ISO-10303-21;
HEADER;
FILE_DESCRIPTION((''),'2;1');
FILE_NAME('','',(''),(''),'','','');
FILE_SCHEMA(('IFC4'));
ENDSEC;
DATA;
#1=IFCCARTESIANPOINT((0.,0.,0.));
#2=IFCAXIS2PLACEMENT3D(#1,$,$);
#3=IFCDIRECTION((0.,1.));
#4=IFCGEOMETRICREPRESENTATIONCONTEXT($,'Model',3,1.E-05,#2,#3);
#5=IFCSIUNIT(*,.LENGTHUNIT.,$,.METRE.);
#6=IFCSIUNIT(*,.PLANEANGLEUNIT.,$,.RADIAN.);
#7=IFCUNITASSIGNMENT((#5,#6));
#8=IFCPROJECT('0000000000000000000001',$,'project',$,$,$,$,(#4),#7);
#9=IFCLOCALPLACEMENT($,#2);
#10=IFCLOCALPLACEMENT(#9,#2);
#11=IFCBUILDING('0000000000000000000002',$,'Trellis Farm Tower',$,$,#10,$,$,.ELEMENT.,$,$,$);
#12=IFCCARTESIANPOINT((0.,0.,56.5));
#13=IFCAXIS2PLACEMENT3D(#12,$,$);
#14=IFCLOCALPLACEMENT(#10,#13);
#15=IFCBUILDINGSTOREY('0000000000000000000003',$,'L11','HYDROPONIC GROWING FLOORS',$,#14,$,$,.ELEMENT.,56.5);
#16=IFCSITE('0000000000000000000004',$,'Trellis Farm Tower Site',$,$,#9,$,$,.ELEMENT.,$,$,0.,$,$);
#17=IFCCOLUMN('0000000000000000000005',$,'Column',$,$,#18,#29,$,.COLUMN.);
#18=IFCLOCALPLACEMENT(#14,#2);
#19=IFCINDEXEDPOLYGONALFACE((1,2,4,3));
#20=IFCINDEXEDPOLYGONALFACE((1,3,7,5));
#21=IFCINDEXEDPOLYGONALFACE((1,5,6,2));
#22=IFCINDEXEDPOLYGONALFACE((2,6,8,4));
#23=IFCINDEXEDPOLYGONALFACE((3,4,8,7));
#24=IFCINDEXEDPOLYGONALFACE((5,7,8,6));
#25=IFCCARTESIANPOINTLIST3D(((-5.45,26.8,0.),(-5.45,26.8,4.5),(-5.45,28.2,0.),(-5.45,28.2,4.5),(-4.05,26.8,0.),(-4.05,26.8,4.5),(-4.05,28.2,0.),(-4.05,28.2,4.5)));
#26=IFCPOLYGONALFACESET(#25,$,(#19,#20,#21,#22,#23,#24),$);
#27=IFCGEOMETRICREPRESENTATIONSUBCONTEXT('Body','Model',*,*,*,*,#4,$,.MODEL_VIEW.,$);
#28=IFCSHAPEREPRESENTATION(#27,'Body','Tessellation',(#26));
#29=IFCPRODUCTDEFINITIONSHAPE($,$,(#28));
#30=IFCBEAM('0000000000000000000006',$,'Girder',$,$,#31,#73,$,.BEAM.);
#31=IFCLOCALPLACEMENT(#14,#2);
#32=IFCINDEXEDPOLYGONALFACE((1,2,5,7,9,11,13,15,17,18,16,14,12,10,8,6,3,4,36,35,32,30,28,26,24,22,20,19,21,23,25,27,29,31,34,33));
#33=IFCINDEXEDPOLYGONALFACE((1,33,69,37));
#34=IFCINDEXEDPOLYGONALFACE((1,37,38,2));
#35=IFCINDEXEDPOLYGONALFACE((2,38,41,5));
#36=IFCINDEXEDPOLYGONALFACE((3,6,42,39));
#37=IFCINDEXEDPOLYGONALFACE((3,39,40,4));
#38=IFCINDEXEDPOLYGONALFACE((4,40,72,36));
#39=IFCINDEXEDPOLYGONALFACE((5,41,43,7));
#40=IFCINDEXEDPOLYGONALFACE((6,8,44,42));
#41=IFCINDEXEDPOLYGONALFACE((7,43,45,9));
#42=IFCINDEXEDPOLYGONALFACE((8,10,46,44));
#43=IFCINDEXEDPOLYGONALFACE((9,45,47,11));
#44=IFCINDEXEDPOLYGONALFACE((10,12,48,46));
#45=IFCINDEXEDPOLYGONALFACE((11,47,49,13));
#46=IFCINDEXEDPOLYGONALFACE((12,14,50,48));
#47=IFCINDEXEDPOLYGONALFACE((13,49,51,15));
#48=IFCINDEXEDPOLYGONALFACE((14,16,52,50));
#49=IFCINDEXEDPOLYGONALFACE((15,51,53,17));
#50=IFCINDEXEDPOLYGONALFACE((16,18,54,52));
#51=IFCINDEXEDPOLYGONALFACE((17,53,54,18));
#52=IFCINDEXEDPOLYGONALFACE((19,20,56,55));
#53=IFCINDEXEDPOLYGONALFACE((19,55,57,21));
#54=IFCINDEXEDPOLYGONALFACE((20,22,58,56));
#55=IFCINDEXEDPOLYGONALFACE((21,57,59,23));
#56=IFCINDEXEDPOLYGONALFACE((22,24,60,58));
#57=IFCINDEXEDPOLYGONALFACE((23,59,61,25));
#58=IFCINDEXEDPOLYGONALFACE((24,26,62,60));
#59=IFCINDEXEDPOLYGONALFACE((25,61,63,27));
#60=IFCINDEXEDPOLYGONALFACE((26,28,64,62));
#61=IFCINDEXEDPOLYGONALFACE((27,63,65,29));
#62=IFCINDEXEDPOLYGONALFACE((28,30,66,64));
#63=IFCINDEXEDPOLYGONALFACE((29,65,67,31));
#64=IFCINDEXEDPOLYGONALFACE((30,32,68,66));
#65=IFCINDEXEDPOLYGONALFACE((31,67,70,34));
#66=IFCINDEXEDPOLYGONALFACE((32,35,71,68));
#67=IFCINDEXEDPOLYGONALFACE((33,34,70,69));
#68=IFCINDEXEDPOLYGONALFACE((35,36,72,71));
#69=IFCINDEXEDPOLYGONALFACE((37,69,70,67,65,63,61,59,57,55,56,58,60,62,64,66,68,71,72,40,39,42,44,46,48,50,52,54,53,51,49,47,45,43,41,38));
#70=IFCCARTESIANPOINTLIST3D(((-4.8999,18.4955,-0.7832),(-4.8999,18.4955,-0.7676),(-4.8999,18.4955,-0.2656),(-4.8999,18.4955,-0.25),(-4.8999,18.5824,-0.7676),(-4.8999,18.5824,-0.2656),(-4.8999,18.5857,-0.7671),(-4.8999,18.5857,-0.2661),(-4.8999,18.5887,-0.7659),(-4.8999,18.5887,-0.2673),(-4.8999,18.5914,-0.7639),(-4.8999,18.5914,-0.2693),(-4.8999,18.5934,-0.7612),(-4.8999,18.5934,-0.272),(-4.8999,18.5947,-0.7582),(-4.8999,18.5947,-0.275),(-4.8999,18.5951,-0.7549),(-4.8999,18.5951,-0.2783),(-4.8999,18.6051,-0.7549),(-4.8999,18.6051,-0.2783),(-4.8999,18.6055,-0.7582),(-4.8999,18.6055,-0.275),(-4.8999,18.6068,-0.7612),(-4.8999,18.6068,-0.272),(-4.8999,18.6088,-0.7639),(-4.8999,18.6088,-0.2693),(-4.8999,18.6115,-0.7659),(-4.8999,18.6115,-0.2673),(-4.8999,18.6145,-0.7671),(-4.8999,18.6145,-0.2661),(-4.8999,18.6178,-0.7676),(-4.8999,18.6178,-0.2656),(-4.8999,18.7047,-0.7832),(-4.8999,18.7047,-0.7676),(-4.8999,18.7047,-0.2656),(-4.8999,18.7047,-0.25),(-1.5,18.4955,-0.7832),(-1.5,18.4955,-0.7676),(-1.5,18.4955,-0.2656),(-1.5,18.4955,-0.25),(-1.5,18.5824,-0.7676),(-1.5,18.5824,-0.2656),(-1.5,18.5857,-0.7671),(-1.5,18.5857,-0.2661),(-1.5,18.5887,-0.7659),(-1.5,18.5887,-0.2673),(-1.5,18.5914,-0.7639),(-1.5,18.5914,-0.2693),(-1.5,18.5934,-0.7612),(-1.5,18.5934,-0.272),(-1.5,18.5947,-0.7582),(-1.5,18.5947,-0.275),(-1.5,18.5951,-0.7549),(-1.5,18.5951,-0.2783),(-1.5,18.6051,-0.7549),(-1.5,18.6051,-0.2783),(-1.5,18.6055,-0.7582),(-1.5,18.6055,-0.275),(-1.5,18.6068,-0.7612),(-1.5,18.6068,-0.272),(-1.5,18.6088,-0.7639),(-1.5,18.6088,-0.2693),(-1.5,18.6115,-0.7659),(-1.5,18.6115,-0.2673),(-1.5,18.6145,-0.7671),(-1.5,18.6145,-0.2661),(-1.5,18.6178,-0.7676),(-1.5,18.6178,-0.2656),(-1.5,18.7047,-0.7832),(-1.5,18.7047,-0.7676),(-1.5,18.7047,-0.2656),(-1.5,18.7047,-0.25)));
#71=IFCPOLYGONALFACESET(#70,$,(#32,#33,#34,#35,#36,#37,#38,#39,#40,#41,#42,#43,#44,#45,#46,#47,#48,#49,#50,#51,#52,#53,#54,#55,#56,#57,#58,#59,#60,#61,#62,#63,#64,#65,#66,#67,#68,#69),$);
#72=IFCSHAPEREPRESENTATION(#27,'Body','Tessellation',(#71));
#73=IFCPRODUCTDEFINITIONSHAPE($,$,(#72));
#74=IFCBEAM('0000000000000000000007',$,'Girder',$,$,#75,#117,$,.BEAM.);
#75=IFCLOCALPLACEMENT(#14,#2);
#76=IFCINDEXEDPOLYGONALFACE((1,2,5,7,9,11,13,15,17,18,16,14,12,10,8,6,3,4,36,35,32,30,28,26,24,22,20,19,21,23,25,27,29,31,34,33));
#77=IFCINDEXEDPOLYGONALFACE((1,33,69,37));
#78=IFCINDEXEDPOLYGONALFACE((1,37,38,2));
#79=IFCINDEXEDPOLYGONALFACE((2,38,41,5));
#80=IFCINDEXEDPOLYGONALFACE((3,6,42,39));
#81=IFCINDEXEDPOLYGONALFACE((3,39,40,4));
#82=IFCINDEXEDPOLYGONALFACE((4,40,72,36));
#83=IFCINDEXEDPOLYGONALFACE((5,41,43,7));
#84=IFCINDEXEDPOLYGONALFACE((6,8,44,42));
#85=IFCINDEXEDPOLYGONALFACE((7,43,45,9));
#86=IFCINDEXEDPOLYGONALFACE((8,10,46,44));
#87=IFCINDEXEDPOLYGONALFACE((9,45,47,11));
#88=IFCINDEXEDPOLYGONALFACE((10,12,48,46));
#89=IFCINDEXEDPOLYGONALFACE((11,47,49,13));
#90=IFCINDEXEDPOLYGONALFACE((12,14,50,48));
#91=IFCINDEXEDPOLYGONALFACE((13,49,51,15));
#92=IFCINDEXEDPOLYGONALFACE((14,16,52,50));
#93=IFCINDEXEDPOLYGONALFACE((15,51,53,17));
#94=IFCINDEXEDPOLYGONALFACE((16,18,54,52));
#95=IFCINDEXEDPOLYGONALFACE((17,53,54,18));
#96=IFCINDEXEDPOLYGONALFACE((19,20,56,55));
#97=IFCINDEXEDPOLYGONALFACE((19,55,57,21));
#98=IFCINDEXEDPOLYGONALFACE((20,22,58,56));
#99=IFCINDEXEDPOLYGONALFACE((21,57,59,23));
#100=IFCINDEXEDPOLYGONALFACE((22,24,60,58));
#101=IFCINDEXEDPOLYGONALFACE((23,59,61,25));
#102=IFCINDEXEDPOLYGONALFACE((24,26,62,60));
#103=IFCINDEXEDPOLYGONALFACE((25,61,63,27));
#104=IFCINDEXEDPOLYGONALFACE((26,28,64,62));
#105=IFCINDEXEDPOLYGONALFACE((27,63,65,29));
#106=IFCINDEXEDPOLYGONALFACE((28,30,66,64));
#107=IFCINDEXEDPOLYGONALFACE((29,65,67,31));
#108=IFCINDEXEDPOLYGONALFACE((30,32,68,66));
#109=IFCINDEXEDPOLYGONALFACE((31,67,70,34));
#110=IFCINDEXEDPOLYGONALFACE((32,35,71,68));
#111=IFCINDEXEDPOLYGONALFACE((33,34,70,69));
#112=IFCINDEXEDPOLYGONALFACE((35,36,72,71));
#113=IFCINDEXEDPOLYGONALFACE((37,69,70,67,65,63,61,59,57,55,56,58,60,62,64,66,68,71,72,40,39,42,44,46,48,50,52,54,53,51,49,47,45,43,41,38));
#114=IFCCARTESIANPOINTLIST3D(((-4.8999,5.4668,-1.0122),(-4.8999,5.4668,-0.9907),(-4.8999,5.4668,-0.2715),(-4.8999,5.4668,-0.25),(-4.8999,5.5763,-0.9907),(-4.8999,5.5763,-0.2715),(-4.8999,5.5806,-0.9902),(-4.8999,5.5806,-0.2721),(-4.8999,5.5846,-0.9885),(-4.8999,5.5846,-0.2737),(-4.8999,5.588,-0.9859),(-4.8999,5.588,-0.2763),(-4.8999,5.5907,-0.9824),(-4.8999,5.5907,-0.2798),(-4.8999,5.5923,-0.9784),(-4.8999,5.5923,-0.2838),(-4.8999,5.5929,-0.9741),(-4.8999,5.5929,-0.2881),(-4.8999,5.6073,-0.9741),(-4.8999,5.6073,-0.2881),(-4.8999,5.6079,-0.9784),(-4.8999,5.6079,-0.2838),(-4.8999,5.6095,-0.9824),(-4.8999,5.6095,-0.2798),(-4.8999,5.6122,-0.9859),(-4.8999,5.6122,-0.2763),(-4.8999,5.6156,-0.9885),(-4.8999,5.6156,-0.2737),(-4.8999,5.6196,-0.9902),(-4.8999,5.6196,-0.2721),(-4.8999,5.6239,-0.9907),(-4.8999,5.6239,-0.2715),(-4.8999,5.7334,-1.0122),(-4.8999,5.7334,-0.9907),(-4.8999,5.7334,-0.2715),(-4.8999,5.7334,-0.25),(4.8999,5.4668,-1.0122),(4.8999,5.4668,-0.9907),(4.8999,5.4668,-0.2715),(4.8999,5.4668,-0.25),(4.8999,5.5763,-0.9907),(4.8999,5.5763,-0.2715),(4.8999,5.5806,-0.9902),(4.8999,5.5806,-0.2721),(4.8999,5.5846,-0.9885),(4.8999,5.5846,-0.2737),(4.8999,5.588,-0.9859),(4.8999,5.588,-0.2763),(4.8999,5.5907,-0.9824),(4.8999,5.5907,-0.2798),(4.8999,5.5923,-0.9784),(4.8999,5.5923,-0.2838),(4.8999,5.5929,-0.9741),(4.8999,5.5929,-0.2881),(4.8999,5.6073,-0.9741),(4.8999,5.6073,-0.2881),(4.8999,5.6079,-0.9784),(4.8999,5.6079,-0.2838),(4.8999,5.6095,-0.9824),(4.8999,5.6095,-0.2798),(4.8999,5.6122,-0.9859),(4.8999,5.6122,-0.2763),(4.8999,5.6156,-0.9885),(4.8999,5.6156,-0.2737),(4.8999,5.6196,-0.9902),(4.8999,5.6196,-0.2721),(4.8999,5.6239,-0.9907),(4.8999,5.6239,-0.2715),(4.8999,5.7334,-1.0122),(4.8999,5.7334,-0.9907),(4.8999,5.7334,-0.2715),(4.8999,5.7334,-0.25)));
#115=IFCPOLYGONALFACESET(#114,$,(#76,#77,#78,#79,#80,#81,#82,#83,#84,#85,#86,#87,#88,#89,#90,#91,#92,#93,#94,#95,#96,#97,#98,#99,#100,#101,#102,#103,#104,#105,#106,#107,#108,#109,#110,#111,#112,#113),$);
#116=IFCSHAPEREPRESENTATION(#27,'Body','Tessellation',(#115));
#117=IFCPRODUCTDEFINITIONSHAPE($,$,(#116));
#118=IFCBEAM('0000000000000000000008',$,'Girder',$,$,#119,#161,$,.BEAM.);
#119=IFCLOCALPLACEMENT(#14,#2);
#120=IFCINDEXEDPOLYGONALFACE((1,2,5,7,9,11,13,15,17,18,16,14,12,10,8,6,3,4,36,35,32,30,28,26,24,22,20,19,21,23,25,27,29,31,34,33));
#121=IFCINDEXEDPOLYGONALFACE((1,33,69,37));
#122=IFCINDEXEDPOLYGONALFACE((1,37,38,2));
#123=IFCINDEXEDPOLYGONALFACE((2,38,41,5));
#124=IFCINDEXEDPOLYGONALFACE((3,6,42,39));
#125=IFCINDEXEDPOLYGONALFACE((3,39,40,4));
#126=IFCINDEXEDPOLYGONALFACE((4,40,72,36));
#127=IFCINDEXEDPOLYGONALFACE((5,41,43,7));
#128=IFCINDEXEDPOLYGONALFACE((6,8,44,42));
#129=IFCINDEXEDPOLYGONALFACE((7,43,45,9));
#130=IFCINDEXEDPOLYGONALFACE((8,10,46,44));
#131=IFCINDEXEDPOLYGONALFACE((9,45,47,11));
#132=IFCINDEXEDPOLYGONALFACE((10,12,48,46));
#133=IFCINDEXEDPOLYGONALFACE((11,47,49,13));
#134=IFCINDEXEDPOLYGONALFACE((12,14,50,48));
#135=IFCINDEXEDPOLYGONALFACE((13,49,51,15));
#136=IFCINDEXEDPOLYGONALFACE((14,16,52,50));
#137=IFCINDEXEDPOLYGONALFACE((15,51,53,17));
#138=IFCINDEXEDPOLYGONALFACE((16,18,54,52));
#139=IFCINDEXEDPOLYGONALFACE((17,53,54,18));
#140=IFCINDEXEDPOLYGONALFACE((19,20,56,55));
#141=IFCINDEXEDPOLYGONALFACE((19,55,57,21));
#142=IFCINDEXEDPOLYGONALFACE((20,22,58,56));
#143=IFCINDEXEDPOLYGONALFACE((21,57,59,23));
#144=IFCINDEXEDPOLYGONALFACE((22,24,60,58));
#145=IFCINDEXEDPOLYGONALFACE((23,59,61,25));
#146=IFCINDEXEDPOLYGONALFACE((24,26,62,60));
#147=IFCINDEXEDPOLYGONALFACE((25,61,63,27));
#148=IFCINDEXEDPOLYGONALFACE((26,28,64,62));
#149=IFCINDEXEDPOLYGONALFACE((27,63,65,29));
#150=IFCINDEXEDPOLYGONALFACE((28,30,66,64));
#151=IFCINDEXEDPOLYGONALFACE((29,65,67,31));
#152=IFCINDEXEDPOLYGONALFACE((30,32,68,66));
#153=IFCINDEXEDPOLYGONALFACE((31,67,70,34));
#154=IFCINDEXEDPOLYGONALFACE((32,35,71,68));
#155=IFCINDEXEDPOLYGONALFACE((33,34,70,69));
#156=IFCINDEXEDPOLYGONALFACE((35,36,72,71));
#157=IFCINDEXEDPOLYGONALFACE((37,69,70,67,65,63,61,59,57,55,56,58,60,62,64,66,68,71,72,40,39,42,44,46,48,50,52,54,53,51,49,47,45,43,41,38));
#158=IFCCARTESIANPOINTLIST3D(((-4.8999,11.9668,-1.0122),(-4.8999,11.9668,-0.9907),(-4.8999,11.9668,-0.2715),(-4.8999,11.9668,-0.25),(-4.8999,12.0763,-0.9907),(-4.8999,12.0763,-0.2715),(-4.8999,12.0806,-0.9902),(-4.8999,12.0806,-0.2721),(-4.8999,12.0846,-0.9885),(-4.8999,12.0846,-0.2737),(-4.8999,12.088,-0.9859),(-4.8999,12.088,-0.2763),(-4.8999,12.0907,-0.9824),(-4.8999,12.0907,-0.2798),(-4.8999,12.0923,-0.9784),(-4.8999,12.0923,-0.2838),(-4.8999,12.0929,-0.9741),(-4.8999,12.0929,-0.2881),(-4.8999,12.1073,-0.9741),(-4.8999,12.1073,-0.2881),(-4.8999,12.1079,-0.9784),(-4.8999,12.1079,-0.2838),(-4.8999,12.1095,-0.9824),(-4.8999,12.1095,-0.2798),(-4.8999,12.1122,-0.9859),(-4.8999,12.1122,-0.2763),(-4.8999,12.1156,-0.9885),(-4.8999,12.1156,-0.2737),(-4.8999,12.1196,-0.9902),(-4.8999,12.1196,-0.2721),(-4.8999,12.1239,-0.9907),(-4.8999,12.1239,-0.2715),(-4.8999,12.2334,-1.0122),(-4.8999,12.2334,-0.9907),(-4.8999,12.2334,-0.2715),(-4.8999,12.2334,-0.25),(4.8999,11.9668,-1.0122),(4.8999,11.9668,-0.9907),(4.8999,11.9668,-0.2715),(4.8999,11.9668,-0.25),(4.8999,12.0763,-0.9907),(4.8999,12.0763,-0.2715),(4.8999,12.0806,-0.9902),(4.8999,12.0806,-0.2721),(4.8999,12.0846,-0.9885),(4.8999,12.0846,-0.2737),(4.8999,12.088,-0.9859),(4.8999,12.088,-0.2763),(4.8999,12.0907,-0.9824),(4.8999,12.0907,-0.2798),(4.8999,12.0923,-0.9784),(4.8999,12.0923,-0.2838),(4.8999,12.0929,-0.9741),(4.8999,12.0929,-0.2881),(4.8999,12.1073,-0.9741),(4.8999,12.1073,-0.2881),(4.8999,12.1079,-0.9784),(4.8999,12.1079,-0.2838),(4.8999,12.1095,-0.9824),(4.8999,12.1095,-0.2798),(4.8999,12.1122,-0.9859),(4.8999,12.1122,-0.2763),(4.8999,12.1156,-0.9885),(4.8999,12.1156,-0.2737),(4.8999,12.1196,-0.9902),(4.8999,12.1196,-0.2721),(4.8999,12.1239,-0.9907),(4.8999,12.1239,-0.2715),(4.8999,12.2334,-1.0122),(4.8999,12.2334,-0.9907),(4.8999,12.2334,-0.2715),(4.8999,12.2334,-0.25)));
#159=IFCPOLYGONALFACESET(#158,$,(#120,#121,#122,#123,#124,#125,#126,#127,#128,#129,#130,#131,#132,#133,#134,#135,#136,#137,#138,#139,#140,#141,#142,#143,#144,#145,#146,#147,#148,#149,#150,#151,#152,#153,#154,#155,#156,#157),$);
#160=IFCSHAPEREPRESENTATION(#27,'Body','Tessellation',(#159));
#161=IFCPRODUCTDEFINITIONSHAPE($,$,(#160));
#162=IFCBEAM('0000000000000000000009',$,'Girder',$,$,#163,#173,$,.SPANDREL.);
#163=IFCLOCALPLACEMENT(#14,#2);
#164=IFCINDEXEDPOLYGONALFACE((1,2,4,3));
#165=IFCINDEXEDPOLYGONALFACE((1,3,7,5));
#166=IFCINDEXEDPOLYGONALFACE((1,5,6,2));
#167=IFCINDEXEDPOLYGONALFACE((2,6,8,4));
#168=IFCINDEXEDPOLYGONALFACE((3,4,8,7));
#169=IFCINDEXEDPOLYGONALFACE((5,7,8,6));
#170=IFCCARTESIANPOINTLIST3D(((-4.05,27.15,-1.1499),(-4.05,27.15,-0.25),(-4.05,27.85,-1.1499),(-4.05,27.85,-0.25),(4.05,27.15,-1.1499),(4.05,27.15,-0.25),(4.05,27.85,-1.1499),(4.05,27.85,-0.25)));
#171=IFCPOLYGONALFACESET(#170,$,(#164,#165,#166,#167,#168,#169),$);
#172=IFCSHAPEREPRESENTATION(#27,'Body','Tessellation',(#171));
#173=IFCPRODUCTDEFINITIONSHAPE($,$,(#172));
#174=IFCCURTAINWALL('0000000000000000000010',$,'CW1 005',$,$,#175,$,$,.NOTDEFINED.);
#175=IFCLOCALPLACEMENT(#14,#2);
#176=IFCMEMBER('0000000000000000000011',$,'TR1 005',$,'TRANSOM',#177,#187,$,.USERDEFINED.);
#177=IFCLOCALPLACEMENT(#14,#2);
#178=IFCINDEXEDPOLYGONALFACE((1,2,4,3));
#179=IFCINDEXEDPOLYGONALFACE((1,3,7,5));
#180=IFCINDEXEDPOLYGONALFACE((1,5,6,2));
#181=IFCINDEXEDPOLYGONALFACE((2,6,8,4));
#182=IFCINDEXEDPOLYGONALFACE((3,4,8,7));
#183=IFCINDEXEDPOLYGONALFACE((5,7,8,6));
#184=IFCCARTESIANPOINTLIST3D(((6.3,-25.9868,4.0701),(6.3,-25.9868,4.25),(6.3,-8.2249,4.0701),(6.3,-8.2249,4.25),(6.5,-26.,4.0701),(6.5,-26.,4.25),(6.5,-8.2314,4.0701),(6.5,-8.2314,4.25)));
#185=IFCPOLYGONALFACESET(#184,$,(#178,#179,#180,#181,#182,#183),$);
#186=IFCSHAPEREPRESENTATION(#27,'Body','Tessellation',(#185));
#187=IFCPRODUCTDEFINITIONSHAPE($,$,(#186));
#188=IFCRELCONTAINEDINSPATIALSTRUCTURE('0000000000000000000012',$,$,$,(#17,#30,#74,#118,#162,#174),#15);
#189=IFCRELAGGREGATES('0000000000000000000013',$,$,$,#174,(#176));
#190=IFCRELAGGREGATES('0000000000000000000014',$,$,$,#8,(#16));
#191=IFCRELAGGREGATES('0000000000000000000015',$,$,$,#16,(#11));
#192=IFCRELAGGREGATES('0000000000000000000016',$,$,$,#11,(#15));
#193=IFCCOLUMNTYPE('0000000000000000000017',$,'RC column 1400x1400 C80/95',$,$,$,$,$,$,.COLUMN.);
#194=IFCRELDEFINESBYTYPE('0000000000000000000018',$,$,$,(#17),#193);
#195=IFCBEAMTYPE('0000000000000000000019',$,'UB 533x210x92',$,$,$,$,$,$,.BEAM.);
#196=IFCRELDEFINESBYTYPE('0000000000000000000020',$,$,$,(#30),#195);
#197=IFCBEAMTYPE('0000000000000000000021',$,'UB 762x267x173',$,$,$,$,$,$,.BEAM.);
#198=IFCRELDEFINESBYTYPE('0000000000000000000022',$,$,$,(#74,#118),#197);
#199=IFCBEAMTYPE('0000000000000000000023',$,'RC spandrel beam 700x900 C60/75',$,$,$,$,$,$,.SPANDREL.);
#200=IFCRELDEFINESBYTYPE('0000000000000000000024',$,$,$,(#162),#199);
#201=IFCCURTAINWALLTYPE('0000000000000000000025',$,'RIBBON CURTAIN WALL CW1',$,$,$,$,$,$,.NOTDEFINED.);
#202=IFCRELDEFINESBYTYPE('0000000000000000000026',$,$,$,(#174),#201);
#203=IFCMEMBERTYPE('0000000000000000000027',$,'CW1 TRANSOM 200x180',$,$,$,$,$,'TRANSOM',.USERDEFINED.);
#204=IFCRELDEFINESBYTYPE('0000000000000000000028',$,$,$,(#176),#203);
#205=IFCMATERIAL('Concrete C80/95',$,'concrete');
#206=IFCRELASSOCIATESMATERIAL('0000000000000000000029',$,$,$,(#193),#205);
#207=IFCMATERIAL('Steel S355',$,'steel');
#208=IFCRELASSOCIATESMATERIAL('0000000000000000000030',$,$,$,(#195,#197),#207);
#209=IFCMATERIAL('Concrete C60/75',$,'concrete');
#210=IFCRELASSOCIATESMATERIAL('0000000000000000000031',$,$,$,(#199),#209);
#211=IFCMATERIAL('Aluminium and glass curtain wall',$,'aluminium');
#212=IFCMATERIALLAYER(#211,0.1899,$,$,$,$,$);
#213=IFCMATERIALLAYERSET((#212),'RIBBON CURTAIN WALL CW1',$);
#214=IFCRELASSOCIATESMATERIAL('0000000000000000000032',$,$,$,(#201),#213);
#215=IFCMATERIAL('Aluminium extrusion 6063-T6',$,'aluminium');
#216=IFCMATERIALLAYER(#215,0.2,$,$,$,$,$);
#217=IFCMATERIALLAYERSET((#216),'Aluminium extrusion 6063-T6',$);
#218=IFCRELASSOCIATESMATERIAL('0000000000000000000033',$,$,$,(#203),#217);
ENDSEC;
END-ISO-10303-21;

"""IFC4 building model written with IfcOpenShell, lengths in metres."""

from ifc_helpers import new_model, si_unit, direction, frame, origin, origin_2d, place, context, subcontext, project, spatial, polyline, rectangle, i_section, outline, extrude, source, transform, mapped, material, layer, layer_set, material_profile, profile_set, type_object, element, aggregate, save


model = new_model("IFC4")

# Units and contexts
model_context = context("Model", 3, precision=1e-05, world=origin(), true_north=direction((0.0, 1.0)))
body_context = subcontext(model_context, "Body", "Model", "MODEL_VIEW")
ifc_project = project(units=[si_unit("LENGTHUNIT", "METRE"), si_unit("PLANEANGLEUNIT", "RADIAN")], contexts=[model_context])

# Site, building, storey
site_placement = place(None, origin())
site = spatial("IfcSite", under=ifc_project, at=site_placement, Name="Trellis Farm Tower Site", CompositionType="ELEMENT", RefElevation=0.0)
building_placement = place(site_placement, origin())
building = spatial("IfcBuilding", under=site, at=building_placement, Name="Trellis Farm Tower", CompositionType="ELEMENT")
storey_placement = place(building_placement, frame((0.0, 0.0, 56.5)))
storey = spatial("IfcBuildingStorey", under=building, at=storey_placement, Name="L11", Description="HYDROPONIC GROWING FLOORS", CompositionType="ELEMENT", Elevation=56.5)

# Column
ifc_material_1 = material(Name="Concrete C80/95", Category="concrete")
ifc_material_profile_1 = material_profile(ifc_material_1, rectangle(XDim=1.3999, YDim=1.3999, at=origin_2d()), Name="RC column 1400x1400 C80/95")
ifc_profile_set_1 = profile_set([ifc_material_profile_1], Name="Concrete C80/95")
column_type = type_object("IfcColumnType", Name="RC column 1400x1400 C80/95", PredefinedType="COLUMN", material=ifc_profile_set_1)
shared_shape_1 = source(origin(), body_context, "Body", "SweptSolid", [
    extrude(rectangle(XDim=1.3999, YDim=1.3999, at=origin_2d()), origin(), (0.0, 0.0, 1.0), 4.5),
])
column_placement = place(storey_placement, frame((-4.75, 27.5, 0.0), z_axis=(0.0, 0.0, 1.0), x_axis=(1.0, 0.0, 0.0)))
element("IfcColumn", 1, at=column_placement, inside=storey, type_object=column_type, Name="Column", PredefinedType="COLUMN", context=body_context, shape_type="MappedRepresentation", body=[
    mapped(shared_shape_1, transform((0.0, 0.0, 0.0))),
])

# Beams
ifc_material_2 = material(Name="Steel S355", Category="steel")
ifc_material_profile_2 = material_profile(ifc_material_2, i_section(OverallWidth=0.2092, OverallDepth=0.5332, WebThickness=0.01, FlangeThickness=0.0156, FilletRadius=0.0127, at=origin_2d()), Name="UB 533x210x92")
ifc_profile_set_2 = profile_set([ifc_material_profile_2], Name="Steel S355")
beam_type_1 = type_object("IfcBeamType", Name="UB 533x210x92", PredefinedType="BEAM", material=ifc_profile_set_2)
shared_shape_2 = source(origin(), body_context, "Body", "SweptSolid", [
    extrude(i_section(OverallWidth=0.2092, OverallDepth=0.5332, WebThickness=0.01, FlangeThickness=0.0156, FilletRadius=0.0127, at=origin_2d()), origin(), (0.0, 0.0, 1.0), 3.3999),
])
beam_1_placement = place(storey_placement, frame((-4.8999, 18.6001, -0.5166), z_axis=(1.0, 0.0, 0.0), x_axis=(0.0, 1.0, 0.0)))
element("IfcBeam", 2, at=beam_1_placement, inside=storey, type_object=beam_type_1, Name="Girder", PredefinedType="BEAM", context=body_context, shape_type="MappedRepresentation", body=[
    mapped(shared_shape_2, transform((0.0, 0.0, 0.0))),
])
ifc_material_profile_3 = material_profile(ifc_material_2, i_section(OverallWidth=0.2666, OverallDepth=0.7622, WebThickness=0.0144, FlangeThickness=0.0215, FilletRadius=0.0166, at=origin_2d()), Name="UB 762x267x173")
ifc_profile_set_3 = profile_set([ifc_material_profile_3], Name="Steel S355")
beam_type_2 = type_object("IfcBeamType", Name="UB 762x267x173", PredefinedType="BEAM", material=ifc_profile_set_3)
shared_shape_3 = source(origin(), body_context, "Body", "SweptSolid", [
    extrude(i_section(OverallWidth=0.2666, OverallDepth=0.7622, WebThickness=0.0144, FlangeThickness=0.0215, FilletRadius=0.0166, at=origin_2d()), origin(), (0.0, 0.0, 1.0), 9.7998),
])
for number, where, z_axis, x_axis, name in (
    (3, (-4.8999, 5.6001, -0.6311), (1.0, 0.0, 0.0), (0.0, 1.0, 0.0), "Girder"),
    (4, (-4.8999, 12.1001, -0.6311), (1.0, 0.0, 0.0), (0.0, 1.0, 0.0), "Girder"),
):
    element("IfcBeam", number, at=place(storey_placement, frame(where, z_axis=z_axis, x_axis=x_axis)), inside=storey, type_object=beam_type_2, Name=name, PredefinedType="BEAM", context=body_context, shape_type="MappedRepresentation", body=[
        mapped(shared_shape_3, transform((0.0, 0.0, 0.0))),
    ])
ifc_material_3 = material(Name="Concrete C60/75", Category="concrete")
ifc_material_profile_4 = material_profile(ifc_material_3, rectangle(XDim=0.7, YDim=0.8999, at=origin_2d()), Name="RC spandrel beam 700x900 C60/75")
ifc_profile_set_4 = profile_set([ifc_material_profile_4], Name="Concrete C60/75")
beam_type_3 = type_object("IfcBeamType", Name="RC spandrel beam 700x900 C60/75", PredefinedType="SPANDREL", material=ifc_profile_set_4)
shared_shape_4 = source(origin(), body_context, "Body", "SweptSolid", [
    extrude(rectangle(XDim=0.7, YDim=0.8999, at=origin_2d()), origin(), (0.0, 0.0, 1.0), 8.1001),
])
beam_2_placement = place(storey_placement, frame((-4.05, 27.5, -0.7), z_axis=(1.0, 0.0, 0.0), x_axis=(0.0, 1.0, 0.0)))
element("IfcBeam", 5, at=beam_2_placement, inside=storey, type_object=beam_type_3, Name="Girder", PredefinedType="SPANDREL", context=body_context, shape_type="MappedRepresentation", body=[
    mapped(shared_shape_4, transform((0.0, 0.0, 0.0))),
])

# Curtain wall, member
ifc_material_4 = material(Name="Aluminium and glass curtain wall", Category="aluminium")
ifc_layer_1 = layer(ifc_material_4, 0.1899)
ifc_layer_set_1 = layer_set([ifc_layer_1], Name="RIBBON CURTAIN WALL CW1")
curtain_wall_type_1 = type_object("IfcCurtainWallType", Name="RIBBON CURTAIN WALL CW1", PredefinedType="NOTDEFINED", material=ifc_layer_set_1)
placement = place(storey_placement, origin())
curtain_wall_1 = element("IfcCurtainWall", 6, at=placement, inside=storey, type_object=curtain_wall_type_1, Name="CW1 005", PredefinedType="NOTDEFINED")
ifc_material_5 = material(Name="Aluminium extrusion 6063-T6", Category="aluminium")
ifc_layer_2 = layer(ifc_material_5, 0.2)
ifc_layer_set_2 = layer_set([ifc_layer_2], Name="Aluminium extrusion 6063-T6")
member_type_1 = type_object("IfcMemberType", Name="CW1 TRANSOM 200x180", ElementType="TRANSOM", PredefinedType="USERDEFINED", material=ifc_layer_set_2)
shared_shape_5 = source(origin(), body_context, "Body", "SweptSolid", [
    extrude(outline(polyline([(6.5, -26.0), (6.5, -8.2314), (6.3, -8.2249), (6.3, -25.9868), (6.5, -26.0)])), origin(), (0.0, 0.0, 1.0), 0.1799),
])
member_1_placement = place(storey_placement, frame((0.0, 0.0, 4.0701)))
member_1 = element("IfcMember", 7, at=member_1_placement, type_object=member_type_1, Name="TR1 005", ObjectType="TRANSOM", PredefinedType="USERDEFINED", context=body_context, shape_type="MappedRepresentation", body=[
    mapped(shared_shape_5, transform((0.0, 0.0, 0.0))),
])
aggregate(curtain_wall_1, [member_1])

save(model, "model.ifc")
